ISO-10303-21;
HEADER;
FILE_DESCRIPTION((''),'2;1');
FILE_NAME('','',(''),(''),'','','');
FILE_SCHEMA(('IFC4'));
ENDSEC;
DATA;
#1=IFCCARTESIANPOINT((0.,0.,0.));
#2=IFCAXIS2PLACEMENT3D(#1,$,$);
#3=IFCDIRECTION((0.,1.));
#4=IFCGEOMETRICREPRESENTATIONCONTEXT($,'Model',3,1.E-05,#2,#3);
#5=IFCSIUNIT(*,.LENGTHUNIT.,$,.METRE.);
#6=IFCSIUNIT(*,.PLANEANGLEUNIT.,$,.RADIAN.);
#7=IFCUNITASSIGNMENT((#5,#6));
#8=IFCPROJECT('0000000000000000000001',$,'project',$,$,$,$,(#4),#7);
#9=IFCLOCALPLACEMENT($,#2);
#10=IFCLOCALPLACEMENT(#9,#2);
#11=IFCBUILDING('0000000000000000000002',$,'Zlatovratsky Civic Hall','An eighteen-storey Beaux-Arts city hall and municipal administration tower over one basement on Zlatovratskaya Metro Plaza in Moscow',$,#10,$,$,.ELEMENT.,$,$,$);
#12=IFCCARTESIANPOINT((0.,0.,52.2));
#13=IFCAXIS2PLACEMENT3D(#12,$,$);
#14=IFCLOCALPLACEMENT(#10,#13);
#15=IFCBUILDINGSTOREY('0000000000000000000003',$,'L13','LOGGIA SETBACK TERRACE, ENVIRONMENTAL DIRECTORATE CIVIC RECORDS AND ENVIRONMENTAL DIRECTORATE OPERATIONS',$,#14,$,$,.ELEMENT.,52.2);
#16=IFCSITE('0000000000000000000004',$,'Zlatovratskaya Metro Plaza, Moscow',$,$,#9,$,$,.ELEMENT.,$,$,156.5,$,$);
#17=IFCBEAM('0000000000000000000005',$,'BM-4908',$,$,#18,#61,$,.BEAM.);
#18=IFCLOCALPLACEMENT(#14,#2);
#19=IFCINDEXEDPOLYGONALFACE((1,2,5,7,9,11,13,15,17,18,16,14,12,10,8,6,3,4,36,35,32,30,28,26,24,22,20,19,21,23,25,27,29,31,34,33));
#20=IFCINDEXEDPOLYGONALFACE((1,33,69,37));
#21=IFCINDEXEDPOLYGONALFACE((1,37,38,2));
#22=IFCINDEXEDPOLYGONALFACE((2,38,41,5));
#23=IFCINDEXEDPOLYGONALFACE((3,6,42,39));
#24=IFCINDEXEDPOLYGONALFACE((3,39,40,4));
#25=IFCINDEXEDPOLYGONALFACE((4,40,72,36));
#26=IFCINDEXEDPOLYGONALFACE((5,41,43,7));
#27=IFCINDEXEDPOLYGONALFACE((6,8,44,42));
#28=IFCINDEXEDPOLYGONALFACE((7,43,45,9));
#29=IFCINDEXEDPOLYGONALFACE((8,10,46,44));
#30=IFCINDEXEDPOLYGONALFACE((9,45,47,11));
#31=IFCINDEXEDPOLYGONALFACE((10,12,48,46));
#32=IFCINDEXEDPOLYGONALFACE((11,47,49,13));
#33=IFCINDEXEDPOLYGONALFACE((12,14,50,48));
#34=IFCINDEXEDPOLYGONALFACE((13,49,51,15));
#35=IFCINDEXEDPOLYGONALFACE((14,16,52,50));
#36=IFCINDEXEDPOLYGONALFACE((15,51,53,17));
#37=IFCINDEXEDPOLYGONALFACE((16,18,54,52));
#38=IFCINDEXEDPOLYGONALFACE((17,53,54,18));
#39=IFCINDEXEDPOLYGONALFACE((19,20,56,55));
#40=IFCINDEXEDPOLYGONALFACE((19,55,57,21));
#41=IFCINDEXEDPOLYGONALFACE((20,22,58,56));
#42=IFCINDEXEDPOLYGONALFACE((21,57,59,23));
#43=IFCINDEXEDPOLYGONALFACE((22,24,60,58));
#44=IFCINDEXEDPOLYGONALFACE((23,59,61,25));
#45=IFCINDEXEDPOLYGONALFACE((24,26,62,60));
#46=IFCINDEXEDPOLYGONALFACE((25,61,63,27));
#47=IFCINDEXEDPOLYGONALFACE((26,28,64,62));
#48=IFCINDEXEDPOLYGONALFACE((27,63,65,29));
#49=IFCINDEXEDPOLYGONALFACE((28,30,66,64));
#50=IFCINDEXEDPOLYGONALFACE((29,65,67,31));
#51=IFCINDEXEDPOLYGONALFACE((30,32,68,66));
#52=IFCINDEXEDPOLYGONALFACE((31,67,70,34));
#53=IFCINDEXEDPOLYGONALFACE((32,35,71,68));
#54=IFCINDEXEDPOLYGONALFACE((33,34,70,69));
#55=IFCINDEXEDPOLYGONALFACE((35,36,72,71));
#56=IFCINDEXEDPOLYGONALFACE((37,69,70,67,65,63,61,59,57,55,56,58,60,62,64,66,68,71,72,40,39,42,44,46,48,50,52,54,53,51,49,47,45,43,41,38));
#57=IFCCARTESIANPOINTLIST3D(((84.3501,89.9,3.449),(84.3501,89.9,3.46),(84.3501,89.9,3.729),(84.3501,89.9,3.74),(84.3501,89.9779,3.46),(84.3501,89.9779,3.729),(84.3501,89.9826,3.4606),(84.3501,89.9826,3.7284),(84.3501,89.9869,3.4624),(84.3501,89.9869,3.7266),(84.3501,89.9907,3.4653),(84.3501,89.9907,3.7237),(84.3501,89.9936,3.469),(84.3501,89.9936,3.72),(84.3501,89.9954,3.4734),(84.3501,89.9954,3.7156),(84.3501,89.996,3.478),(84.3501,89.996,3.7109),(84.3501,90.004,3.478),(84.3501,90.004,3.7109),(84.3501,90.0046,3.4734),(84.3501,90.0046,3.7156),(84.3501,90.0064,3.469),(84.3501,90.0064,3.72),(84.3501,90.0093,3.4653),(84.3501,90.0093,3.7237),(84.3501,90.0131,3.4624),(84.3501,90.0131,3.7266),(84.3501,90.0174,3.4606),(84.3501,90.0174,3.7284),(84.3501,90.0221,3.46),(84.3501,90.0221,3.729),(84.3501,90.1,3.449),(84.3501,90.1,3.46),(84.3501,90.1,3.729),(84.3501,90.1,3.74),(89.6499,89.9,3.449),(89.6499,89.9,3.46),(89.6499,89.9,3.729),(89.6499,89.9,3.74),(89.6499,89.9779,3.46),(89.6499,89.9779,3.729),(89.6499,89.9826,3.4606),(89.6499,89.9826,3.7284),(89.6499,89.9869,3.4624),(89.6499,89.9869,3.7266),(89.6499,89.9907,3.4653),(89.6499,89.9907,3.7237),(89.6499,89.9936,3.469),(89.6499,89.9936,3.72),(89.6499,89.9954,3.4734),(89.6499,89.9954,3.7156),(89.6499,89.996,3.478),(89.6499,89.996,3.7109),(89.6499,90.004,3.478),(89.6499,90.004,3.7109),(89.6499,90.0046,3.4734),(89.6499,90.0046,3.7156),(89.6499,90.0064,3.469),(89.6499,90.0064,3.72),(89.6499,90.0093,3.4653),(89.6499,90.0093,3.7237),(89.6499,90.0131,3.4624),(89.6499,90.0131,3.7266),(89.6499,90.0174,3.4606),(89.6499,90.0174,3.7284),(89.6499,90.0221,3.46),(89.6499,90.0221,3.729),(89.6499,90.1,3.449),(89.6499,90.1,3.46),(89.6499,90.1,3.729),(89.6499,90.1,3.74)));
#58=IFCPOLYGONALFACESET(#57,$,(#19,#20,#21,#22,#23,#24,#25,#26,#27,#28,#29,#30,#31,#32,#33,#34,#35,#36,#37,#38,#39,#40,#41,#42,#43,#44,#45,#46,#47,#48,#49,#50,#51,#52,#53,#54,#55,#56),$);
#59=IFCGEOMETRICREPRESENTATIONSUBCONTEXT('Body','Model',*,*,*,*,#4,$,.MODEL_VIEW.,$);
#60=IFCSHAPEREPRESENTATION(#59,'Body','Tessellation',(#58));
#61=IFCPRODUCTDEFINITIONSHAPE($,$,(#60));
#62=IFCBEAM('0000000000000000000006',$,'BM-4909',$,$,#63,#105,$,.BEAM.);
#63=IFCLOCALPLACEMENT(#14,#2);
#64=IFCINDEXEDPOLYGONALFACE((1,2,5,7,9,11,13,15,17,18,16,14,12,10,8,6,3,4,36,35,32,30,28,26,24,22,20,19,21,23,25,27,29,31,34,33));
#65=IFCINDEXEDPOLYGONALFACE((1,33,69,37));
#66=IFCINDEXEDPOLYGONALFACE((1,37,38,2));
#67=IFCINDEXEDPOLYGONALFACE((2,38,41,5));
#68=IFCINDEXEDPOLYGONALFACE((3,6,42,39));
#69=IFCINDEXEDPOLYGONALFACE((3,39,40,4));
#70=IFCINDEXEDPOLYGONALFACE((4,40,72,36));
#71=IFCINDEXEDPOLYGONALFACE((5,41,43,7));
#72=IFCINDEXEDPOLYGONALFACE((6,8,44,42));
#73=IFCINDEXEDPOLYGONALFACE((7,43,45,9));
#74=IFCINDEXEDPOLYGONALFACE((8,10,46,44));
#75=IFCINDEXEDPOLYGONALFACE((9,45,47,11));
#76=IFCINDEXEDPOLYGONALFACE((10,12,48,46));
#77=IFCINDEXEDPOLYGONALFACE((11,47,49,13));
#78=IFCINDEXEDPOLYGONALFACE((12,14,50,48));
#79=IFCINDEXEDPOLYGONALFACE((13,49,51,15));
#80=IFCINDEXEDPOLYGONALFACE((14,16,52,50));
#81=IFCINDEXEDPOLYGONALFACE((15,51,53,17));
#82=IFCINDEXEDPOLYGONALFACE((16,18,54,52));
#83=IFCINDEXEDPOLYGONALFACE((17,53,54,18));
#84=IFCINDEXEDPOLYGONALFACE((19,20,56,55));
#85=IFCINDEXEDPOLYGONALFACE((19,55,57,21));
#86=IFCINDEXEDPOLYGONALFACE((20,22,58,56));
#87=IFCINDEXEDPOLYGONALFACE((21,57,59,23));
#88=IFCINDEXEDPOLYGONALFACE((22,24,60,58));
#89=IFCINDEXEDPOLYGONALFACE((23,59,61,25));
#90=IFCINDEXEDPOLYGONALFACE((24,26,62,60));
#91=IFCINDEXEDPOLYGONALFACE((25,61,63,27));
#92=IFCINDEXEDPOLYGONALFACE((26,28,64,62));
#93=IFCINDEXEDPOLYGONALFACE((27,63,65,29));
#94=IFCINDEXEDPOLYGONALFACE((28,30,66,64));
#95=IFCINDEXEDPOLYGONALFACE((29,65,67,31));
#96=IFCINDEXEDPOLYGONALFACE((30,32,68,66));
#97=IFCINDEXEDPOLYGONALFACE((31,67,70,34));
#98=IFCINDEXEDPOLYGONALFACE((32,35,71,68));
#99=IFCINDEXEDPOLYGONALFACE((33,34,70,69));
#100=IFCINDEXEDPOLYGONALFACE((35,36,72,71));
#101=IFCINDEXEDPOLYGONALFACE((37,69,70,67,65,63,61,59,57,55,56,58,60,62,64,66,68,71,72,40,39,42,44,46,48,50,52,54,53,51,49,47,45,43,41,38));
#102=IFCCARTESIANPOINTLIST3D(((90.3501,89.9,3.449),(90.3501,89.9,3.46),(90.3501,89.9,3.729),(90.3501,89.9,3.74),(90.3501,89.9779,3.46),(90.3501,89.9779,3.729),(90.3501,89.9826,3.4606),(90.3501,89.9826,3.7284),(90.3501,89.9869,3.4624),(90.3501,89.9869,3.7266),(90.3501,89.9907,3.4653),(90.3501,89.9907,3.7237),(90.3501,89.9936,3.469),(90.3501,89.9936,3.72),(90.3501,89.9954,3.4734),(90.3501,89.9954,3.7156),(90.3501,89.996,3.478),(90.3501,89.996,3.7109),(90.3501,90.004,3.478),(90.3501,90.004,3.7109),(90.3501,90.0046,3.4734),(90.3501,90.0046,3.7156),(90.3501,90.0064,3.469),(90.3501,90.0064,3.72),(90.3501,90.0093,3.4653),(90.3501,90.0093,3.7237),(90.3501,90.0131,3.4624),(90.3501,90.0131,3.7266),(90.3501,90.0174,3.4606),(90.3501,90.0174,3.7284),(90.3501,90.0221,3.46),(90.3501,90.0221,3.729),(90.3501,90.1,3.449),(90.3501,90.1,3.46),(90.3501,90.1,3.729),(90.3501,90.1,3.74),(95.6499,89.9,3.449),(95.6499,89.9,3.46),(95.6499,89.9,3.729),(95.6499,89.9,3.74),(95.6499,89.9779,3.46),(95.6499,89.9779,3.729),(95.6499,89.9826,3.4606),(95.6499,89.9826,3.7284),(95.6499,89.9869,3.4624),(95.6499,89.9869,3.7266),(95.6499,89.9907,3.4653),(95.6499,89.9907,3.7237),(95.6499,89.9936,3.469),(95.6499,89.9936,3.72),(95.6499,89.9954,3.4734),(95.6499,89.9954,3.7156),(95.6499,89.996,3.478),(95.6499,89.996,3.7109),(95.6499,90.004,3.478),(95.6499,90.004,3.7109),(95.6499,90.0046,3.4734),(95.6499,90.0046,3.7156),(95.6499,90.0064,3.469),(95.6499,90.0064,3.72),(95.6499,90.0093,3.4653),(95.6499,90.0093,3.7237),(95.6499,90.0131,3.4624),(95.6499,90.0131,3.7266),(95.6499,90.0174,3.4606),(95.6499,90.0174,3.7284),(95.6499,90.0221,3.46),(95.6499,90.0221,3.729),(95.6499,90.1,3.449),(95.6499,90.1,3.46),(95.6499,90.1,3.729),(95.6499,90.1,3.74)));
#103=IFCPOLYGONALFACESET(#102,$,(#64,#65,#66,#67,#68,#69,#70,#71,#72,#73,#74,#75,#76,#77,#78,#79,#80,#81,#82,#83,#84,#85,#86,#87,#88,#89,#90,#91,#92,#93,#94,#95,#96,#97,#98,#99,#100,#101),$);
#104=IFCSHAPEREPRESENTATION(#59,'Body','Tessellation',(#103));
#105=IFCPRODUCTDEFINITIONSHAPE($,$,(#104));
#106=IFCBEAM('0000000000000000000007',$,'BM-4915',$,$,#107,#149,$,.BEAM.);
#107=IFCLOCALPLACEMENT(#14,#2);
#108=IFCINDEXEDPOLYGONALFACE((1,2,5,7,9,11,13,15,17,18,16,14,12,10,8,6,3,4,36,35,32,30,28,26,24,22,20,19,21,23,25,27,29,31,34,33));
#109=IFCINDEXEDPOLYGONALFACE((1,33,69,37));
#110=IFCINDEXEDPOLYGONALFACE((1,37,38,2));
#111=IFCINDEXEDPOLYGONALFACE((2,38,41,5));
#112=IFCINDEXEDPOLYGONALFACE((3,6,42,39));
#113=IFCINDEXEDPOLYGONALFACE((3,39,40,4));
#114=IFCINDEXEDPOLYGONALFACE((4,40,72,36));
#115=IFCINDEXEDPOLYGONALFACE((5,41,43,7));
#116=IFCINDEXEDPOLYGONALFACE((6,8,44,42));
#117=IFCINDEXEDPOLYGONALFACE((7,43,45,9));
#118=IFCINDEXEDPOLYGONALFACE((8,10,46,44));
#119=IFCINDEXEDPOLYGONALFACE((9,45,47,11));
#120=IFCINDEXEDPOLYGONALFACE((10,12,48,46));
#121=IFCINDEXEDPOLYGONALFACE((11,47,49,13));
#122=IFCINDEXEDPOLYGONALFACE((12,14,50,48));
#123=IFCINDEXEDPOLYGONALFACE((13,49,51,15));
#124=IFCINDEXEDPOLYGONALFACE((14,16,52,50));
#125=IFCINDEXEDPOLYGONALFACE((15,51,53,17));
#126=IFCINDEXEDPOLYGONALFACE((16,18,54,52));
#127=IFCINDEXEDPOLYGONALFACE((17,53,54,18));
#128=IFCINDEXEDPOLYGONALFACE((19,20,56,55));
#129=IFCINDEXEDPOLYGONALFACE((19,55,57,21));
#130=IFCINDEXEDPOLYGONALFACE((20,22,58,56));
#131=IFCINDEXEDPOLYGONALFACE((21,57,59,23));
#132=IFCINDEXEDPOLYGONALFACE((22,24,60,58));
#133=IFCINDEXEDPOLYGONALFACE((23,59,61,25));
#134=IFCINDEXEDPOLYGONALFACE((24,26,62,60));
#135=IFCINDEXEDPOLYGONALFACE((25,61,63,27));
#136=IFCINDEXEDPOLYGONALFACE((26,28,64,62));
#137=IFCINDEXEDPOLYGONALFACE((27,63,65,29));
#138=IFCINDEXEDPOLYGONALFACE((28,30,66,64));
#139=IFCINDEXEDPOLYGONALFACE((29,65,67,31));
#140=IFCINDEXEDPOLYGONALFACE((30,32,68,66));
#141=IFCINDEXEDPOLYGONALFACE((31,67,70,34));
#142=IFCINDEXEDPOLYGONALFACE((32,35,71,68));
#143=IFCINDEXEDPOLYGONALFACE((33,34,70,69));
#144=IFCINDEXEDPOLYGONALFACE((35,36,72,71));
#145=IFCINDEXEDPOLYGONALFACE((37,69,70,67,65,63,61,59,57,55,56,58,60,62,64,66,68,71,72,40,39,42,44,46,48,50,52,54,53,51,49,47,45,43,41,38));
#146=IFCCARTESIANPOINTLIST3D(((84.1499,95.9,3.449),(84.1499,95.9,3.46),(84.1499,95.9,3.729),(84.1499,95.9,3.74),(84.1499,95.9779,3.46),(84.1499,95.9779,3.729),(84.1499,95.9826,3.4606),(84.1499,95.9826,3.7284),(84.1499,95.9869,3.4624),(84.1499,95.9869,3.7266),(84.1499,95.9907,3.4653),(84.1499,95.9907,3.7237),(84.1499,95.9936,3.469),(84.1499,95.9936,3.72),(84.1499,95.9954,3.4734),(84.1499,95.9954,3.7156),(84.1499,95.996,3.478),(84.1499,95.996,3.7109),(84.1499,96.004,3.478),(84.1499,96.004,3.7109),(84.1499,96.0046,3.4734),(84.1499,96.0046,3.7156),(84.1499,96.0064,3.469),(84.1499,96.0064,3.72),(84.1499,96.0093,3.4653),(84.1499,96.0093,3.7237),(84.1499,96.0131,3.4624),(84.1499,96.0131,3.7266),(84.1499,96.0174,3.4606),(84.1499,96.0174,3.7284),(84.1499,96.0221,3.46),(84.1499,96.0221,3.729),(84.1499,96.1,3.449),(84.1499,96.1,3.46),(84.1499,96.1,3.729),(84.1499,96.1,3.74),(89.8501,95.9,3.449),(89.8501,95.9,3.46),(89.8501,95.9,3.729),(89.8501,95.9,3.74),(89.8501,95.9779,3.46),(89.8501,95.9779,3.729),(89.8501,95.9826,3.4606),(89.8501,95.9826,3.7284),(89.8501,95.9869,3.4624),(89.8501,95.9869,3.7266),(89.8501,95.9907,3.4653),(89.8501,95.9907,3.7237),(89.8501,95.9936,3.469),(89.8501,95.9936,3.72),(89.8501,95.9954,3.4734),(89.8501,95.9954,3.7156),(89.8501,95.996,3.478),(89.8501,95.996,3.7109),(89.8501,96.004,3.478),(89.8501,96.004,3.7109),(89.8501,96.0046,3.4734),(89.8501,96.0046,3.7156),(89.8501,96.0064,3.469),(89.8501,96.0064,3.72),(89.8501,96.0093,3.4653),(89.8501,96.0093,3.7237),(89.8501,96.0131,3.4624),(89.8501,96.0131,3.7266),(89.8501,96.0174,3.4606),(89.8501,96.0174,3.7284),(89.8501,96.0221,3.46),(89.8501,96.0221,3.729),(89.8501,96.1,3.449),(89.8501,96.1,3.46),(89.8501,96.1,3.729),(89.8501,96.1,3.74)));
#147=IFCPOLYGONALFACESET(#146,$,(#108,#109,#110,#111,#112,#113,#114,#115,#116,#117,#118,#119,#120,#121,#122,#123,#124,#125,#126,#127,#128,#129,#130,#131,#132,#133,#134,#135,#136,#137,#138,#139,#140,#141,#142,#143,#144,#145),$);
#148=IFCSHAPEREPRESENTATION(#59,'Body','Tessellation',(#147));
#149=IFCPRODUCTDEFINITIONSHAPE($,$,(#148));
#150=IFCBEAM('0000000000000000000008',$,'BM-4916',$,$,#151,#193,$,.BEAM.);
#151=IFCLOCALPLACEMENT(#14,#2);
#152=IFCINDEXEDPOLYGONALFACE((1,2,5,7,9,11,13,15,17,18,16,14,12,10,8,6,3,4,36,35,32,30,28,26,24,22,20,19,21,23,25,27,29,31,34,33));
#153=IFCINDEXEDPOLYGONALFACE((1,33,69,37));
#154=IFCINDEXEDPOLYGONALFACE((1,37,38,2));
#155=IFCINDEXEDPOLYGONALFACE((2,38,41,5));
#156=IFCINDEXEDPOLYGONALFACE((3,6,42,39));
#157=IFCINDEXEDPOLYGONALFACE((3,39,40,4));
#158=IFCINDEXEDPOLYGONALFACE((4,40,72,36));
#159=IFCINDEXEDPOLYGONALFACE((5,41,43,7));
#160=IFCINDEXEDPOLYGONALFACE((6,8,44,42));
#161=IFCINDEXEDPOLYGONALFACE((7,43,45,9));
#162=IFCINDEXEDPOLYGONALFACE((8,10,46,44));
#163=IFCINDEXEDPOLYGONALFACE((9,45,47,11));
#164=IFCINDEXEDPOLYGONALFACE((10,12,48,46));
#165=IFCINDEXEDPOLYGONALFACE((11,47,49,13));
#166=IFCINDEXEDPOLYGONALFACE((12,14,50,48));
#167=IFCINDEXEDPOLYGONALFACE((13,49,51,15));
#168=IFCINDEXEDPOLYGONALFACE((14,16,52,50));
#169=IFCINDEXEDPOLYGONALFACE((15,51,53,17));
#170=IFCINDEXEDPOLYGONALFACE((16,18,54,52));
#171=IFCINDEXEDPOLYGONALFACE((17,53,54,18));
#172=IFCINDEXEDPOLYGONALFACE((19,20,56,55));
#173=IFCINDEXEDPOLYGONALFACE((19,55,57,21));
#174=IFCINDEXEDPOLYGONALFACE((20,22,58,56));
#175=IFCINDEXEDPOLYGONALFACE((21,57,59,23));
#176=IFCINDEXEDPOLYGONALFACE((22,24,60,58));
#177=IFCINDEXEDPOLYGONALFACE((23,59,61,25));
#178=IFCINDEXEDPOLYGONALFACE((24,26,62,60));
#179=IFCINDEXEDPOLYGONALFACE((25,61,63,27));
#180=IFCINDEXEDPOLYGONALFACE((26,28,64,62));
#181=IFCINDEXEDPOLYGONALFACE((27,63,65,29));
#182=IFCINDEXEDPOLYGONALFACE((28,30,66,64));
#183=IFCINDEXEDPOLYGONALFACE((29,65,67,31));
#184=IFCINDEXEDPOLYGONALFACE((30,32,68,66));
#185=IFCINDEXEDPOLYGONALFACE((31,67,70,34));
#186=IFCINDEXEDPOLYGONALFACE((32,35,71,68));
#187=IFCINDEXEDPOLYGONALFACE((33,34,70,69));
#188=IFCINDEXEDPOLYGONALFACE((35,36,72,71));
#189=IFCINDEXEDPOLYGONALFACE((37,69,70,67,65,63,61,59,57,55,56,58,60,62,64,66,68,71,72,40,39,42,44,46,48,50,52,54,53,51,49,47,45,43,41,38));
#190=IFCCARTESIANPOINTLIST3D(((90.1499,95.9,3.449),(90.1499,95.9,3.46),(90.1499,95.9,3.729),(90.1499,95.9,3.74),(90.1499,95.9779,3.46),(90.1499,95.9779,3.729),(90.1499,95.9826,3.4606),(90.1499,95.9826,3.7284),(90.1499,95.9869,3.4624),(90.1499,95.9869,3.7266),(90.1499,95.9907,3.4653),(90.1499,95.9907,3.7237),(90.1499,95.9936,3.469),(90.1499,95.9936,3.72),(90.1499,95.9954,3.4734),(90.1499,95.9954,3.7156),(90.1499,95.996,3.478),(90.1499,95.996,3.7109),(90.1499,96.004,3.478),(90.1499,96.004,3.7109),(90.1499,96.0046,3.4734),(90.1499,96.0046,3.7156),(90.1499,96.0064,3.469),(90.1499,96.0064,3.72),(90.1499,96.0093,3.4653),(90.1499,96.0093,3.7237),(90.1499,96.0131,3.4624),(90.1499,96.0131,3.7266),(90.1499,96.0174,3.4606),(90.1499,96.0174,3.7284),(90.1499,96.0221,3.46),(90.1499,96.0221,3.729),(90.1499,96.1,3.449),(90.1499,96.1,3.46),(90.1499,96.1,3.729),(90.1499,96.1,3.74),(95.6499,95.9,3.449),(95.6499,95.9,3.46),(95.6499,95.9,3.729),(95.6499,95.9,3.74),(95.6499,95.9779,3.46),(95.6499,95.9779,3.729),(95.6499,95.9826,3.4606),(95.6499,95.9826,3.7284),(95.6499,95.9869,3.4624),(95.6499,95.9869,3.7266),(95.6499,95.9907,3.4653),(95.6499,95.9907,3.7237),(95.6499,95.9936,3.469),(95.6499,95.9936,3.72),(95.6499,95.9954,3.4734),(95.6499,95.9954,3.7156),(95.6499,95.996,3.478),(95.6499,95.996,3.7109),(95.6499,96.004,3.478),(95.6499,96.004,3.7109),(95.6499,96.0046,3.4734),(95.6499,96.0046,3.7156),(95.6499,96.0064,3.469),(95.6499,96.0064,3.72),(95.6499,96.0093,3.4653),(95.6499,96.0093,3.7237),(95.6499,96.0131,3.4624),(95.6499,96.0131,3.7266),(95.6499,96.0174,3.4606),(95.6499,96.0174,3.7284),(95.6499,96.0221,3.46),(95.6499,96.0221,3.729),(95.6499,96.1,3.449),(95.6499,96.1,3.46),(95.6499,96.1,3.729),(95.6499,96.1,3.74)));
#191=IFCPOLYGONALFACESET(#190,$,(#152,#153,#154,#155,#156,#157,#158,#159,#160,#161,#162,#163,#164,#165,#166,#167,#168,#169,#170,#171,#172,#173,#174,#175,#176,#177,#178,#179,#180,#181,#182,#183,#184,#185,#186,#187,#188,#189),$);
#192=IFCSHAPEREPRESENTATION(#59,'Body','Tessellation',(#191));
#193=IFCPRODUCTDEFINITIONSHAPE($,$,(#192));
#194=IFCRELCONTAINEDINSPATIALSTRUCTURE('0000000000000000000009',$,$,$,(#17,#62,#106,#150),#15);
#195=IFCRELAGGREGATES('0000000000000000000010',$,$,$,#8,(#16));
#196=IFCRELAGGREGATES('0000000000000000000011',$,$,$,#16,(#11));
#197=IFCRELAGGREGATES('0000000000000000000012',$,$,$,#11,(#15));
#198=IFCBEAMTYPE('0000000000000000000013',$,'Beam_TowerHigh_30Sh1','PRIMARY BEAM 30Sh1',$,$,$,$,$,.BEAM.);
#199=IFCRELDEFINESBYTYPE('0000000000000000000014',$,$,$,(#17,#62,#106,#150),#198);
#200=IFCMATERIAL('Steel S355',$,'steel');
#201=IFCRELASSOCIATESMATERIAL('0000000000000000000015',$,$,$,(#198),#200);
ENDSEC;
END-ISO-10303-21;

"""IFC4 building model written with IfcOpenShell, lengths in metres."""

from ifc_helpers import new_model, si_unit, direction, frame, origin, origin_2d, place, context, subcontext, project, spatial, i_section, extrude, material, material_profile, profile_set, type_object, element, save


model = new_model("IFC4")

# Units and contexts
model_context = context("Model", 3, precision=1e-05, world=origin(), true_north=direction((0.0, 1.0)))
body_context = subcontext(model_context, "Body", "Model", "MODEL_VIEW")
ifc_project = project(units=[si_unit("LENGTHUNIT", "METRE"), si_unit("PLANEANGLEUNIT", "RADIAN")], contexts=[model_context])

# Site, building, storey
site_placement = place(None, origin())
site = spatial("IfcSite", under=ifc_project, at=site_placement, Name="Zlatovratskaya Metro Plaza, Moscow", CompositionType="ELEMENT", RefElevation=156.5)
building_placement = place(site_placement, origin())
building = spatial("IfcBuilding", under=site, at=building_placement, Name="Zlatovratsky Civic Hall", Description="An eighteen-storey Beaux-Arts city hall and municipal administration tower over one basement on Zlatovratskaya Metro Plaza in Moscow", CompositionType="ELEMENT")
storey_placement = place(building_placement, frame((0.0, 0.0, 52.2)))
storey = spatial("IfcBuildingStorey", under=building, at=storey_placement, Name="L13", Description="LOGGIA SETBACK TERRACE, ENVIRONMENTAL DIRECTORATE CIVIC RECORDS AND ENVIRONMENTAL DIRECTORATE OPERATIONS", CompositionType="ELEMENT", Elevation=52.2)

# Shared definitions
ifc_material_1 = material(Name="Steel S355", Category="steel")

# Beams
ifc_material_profile_1 = material_profile(ifc_material_1, i_section(OverallWidth=0.2, OverallDepth=0.291, WebThickness=0.0081, FlangeThickness=0.011, FilletRadius=0.0181, at=origin_2d()), Name="30Sh1")
ifc_profile_set_1 = profile_set([ifc_material_profile_1], Name="Steel S355")
beam_type_1 = type_object("IfcBeamType", Name="Beam_TowerHigh_30Sh1", Description="PRIMARY BEAM 30Sh1", PredefinedType="BEAM", material=ifc_profile_set_1)
for number, where, z_axis, x_axis, name in (
    (1, (84.3501, 90.0, 3.5945), (1.0, 0.0, 0.0), (0.0, 1.0, 0.0), "BM-4908"),
    (2, (90.3501, 90.0, 3.5945), (1.0, 0.0, 0.0), (0.0, 1.0, 0.0), "BM-4909"),
):
    element("IfcBeam", number, at=place(storey_placement, frame(where, z_axis=z_axis, x_axis=x_axis)), inside=storey, type_object=beam_type_1, Name=name, PredefinedType="BEAM", context=body_context, shape_type="SweptSolid", body=[
        extrude(i_section(OverallWidth=0.2, OverallDepth=0.291, WebThickness=0.0081, FlangeThickness=0.011, FilletRadius=0.0181, at=origin_2d()), origin(), (0.0, 0.0, 1.0), 5.2998),
    ])
beam_1_placement = place(storey_placement, frame((84.1499, 96.0, 3.5945), z_axis=(1.0, 0.0, 0.0), x_axis=(0.0, 1.0, 0.0)))
element("IfcBeam", 3, at=beam_1_placement, inside=storey, type_object=beam_type_1, Name="BM-4915", PredefinedType="BEAM", context=body_context, shape_type="SweptSolid", body=[
    extrude(i_section(OverallWidth=0.2, OverallDepth=0.291, WebThickness=0.0081, FlangeThickness=0.011, FilletRadius=0.0181, at=origin_2d()), origin(), (0.0, 0.0, 1.0), 5.7002),
])
for number, where, z_axis, x_axis, name in (
    (4, (90.1499, 96.0, 3.5945), (1.0, 0.0, 0.0), (0.0, 1.0, 0.0), "BM-4916"),
):
    element("IfcBeam", number, at=place(storey_placement, frame(where, z_axis=z_axis, x_axis=x_axis)), inside=storey, type_object=beam_type_1, Name=name, PredefinedType="BEAM", context=body_context, shape_type="SweptSolid", body=[
        extrude(i_section(OverallWidth=0.2, OverallDepth=0.291, WebThickness=0.0081, FlangeThickness=0.011, FilletRadius=0.0181, at=origin_2d()), origin(), (0.0, 0.0, 1.0), 5.5),
    ])

save(model, "model.ifc")
